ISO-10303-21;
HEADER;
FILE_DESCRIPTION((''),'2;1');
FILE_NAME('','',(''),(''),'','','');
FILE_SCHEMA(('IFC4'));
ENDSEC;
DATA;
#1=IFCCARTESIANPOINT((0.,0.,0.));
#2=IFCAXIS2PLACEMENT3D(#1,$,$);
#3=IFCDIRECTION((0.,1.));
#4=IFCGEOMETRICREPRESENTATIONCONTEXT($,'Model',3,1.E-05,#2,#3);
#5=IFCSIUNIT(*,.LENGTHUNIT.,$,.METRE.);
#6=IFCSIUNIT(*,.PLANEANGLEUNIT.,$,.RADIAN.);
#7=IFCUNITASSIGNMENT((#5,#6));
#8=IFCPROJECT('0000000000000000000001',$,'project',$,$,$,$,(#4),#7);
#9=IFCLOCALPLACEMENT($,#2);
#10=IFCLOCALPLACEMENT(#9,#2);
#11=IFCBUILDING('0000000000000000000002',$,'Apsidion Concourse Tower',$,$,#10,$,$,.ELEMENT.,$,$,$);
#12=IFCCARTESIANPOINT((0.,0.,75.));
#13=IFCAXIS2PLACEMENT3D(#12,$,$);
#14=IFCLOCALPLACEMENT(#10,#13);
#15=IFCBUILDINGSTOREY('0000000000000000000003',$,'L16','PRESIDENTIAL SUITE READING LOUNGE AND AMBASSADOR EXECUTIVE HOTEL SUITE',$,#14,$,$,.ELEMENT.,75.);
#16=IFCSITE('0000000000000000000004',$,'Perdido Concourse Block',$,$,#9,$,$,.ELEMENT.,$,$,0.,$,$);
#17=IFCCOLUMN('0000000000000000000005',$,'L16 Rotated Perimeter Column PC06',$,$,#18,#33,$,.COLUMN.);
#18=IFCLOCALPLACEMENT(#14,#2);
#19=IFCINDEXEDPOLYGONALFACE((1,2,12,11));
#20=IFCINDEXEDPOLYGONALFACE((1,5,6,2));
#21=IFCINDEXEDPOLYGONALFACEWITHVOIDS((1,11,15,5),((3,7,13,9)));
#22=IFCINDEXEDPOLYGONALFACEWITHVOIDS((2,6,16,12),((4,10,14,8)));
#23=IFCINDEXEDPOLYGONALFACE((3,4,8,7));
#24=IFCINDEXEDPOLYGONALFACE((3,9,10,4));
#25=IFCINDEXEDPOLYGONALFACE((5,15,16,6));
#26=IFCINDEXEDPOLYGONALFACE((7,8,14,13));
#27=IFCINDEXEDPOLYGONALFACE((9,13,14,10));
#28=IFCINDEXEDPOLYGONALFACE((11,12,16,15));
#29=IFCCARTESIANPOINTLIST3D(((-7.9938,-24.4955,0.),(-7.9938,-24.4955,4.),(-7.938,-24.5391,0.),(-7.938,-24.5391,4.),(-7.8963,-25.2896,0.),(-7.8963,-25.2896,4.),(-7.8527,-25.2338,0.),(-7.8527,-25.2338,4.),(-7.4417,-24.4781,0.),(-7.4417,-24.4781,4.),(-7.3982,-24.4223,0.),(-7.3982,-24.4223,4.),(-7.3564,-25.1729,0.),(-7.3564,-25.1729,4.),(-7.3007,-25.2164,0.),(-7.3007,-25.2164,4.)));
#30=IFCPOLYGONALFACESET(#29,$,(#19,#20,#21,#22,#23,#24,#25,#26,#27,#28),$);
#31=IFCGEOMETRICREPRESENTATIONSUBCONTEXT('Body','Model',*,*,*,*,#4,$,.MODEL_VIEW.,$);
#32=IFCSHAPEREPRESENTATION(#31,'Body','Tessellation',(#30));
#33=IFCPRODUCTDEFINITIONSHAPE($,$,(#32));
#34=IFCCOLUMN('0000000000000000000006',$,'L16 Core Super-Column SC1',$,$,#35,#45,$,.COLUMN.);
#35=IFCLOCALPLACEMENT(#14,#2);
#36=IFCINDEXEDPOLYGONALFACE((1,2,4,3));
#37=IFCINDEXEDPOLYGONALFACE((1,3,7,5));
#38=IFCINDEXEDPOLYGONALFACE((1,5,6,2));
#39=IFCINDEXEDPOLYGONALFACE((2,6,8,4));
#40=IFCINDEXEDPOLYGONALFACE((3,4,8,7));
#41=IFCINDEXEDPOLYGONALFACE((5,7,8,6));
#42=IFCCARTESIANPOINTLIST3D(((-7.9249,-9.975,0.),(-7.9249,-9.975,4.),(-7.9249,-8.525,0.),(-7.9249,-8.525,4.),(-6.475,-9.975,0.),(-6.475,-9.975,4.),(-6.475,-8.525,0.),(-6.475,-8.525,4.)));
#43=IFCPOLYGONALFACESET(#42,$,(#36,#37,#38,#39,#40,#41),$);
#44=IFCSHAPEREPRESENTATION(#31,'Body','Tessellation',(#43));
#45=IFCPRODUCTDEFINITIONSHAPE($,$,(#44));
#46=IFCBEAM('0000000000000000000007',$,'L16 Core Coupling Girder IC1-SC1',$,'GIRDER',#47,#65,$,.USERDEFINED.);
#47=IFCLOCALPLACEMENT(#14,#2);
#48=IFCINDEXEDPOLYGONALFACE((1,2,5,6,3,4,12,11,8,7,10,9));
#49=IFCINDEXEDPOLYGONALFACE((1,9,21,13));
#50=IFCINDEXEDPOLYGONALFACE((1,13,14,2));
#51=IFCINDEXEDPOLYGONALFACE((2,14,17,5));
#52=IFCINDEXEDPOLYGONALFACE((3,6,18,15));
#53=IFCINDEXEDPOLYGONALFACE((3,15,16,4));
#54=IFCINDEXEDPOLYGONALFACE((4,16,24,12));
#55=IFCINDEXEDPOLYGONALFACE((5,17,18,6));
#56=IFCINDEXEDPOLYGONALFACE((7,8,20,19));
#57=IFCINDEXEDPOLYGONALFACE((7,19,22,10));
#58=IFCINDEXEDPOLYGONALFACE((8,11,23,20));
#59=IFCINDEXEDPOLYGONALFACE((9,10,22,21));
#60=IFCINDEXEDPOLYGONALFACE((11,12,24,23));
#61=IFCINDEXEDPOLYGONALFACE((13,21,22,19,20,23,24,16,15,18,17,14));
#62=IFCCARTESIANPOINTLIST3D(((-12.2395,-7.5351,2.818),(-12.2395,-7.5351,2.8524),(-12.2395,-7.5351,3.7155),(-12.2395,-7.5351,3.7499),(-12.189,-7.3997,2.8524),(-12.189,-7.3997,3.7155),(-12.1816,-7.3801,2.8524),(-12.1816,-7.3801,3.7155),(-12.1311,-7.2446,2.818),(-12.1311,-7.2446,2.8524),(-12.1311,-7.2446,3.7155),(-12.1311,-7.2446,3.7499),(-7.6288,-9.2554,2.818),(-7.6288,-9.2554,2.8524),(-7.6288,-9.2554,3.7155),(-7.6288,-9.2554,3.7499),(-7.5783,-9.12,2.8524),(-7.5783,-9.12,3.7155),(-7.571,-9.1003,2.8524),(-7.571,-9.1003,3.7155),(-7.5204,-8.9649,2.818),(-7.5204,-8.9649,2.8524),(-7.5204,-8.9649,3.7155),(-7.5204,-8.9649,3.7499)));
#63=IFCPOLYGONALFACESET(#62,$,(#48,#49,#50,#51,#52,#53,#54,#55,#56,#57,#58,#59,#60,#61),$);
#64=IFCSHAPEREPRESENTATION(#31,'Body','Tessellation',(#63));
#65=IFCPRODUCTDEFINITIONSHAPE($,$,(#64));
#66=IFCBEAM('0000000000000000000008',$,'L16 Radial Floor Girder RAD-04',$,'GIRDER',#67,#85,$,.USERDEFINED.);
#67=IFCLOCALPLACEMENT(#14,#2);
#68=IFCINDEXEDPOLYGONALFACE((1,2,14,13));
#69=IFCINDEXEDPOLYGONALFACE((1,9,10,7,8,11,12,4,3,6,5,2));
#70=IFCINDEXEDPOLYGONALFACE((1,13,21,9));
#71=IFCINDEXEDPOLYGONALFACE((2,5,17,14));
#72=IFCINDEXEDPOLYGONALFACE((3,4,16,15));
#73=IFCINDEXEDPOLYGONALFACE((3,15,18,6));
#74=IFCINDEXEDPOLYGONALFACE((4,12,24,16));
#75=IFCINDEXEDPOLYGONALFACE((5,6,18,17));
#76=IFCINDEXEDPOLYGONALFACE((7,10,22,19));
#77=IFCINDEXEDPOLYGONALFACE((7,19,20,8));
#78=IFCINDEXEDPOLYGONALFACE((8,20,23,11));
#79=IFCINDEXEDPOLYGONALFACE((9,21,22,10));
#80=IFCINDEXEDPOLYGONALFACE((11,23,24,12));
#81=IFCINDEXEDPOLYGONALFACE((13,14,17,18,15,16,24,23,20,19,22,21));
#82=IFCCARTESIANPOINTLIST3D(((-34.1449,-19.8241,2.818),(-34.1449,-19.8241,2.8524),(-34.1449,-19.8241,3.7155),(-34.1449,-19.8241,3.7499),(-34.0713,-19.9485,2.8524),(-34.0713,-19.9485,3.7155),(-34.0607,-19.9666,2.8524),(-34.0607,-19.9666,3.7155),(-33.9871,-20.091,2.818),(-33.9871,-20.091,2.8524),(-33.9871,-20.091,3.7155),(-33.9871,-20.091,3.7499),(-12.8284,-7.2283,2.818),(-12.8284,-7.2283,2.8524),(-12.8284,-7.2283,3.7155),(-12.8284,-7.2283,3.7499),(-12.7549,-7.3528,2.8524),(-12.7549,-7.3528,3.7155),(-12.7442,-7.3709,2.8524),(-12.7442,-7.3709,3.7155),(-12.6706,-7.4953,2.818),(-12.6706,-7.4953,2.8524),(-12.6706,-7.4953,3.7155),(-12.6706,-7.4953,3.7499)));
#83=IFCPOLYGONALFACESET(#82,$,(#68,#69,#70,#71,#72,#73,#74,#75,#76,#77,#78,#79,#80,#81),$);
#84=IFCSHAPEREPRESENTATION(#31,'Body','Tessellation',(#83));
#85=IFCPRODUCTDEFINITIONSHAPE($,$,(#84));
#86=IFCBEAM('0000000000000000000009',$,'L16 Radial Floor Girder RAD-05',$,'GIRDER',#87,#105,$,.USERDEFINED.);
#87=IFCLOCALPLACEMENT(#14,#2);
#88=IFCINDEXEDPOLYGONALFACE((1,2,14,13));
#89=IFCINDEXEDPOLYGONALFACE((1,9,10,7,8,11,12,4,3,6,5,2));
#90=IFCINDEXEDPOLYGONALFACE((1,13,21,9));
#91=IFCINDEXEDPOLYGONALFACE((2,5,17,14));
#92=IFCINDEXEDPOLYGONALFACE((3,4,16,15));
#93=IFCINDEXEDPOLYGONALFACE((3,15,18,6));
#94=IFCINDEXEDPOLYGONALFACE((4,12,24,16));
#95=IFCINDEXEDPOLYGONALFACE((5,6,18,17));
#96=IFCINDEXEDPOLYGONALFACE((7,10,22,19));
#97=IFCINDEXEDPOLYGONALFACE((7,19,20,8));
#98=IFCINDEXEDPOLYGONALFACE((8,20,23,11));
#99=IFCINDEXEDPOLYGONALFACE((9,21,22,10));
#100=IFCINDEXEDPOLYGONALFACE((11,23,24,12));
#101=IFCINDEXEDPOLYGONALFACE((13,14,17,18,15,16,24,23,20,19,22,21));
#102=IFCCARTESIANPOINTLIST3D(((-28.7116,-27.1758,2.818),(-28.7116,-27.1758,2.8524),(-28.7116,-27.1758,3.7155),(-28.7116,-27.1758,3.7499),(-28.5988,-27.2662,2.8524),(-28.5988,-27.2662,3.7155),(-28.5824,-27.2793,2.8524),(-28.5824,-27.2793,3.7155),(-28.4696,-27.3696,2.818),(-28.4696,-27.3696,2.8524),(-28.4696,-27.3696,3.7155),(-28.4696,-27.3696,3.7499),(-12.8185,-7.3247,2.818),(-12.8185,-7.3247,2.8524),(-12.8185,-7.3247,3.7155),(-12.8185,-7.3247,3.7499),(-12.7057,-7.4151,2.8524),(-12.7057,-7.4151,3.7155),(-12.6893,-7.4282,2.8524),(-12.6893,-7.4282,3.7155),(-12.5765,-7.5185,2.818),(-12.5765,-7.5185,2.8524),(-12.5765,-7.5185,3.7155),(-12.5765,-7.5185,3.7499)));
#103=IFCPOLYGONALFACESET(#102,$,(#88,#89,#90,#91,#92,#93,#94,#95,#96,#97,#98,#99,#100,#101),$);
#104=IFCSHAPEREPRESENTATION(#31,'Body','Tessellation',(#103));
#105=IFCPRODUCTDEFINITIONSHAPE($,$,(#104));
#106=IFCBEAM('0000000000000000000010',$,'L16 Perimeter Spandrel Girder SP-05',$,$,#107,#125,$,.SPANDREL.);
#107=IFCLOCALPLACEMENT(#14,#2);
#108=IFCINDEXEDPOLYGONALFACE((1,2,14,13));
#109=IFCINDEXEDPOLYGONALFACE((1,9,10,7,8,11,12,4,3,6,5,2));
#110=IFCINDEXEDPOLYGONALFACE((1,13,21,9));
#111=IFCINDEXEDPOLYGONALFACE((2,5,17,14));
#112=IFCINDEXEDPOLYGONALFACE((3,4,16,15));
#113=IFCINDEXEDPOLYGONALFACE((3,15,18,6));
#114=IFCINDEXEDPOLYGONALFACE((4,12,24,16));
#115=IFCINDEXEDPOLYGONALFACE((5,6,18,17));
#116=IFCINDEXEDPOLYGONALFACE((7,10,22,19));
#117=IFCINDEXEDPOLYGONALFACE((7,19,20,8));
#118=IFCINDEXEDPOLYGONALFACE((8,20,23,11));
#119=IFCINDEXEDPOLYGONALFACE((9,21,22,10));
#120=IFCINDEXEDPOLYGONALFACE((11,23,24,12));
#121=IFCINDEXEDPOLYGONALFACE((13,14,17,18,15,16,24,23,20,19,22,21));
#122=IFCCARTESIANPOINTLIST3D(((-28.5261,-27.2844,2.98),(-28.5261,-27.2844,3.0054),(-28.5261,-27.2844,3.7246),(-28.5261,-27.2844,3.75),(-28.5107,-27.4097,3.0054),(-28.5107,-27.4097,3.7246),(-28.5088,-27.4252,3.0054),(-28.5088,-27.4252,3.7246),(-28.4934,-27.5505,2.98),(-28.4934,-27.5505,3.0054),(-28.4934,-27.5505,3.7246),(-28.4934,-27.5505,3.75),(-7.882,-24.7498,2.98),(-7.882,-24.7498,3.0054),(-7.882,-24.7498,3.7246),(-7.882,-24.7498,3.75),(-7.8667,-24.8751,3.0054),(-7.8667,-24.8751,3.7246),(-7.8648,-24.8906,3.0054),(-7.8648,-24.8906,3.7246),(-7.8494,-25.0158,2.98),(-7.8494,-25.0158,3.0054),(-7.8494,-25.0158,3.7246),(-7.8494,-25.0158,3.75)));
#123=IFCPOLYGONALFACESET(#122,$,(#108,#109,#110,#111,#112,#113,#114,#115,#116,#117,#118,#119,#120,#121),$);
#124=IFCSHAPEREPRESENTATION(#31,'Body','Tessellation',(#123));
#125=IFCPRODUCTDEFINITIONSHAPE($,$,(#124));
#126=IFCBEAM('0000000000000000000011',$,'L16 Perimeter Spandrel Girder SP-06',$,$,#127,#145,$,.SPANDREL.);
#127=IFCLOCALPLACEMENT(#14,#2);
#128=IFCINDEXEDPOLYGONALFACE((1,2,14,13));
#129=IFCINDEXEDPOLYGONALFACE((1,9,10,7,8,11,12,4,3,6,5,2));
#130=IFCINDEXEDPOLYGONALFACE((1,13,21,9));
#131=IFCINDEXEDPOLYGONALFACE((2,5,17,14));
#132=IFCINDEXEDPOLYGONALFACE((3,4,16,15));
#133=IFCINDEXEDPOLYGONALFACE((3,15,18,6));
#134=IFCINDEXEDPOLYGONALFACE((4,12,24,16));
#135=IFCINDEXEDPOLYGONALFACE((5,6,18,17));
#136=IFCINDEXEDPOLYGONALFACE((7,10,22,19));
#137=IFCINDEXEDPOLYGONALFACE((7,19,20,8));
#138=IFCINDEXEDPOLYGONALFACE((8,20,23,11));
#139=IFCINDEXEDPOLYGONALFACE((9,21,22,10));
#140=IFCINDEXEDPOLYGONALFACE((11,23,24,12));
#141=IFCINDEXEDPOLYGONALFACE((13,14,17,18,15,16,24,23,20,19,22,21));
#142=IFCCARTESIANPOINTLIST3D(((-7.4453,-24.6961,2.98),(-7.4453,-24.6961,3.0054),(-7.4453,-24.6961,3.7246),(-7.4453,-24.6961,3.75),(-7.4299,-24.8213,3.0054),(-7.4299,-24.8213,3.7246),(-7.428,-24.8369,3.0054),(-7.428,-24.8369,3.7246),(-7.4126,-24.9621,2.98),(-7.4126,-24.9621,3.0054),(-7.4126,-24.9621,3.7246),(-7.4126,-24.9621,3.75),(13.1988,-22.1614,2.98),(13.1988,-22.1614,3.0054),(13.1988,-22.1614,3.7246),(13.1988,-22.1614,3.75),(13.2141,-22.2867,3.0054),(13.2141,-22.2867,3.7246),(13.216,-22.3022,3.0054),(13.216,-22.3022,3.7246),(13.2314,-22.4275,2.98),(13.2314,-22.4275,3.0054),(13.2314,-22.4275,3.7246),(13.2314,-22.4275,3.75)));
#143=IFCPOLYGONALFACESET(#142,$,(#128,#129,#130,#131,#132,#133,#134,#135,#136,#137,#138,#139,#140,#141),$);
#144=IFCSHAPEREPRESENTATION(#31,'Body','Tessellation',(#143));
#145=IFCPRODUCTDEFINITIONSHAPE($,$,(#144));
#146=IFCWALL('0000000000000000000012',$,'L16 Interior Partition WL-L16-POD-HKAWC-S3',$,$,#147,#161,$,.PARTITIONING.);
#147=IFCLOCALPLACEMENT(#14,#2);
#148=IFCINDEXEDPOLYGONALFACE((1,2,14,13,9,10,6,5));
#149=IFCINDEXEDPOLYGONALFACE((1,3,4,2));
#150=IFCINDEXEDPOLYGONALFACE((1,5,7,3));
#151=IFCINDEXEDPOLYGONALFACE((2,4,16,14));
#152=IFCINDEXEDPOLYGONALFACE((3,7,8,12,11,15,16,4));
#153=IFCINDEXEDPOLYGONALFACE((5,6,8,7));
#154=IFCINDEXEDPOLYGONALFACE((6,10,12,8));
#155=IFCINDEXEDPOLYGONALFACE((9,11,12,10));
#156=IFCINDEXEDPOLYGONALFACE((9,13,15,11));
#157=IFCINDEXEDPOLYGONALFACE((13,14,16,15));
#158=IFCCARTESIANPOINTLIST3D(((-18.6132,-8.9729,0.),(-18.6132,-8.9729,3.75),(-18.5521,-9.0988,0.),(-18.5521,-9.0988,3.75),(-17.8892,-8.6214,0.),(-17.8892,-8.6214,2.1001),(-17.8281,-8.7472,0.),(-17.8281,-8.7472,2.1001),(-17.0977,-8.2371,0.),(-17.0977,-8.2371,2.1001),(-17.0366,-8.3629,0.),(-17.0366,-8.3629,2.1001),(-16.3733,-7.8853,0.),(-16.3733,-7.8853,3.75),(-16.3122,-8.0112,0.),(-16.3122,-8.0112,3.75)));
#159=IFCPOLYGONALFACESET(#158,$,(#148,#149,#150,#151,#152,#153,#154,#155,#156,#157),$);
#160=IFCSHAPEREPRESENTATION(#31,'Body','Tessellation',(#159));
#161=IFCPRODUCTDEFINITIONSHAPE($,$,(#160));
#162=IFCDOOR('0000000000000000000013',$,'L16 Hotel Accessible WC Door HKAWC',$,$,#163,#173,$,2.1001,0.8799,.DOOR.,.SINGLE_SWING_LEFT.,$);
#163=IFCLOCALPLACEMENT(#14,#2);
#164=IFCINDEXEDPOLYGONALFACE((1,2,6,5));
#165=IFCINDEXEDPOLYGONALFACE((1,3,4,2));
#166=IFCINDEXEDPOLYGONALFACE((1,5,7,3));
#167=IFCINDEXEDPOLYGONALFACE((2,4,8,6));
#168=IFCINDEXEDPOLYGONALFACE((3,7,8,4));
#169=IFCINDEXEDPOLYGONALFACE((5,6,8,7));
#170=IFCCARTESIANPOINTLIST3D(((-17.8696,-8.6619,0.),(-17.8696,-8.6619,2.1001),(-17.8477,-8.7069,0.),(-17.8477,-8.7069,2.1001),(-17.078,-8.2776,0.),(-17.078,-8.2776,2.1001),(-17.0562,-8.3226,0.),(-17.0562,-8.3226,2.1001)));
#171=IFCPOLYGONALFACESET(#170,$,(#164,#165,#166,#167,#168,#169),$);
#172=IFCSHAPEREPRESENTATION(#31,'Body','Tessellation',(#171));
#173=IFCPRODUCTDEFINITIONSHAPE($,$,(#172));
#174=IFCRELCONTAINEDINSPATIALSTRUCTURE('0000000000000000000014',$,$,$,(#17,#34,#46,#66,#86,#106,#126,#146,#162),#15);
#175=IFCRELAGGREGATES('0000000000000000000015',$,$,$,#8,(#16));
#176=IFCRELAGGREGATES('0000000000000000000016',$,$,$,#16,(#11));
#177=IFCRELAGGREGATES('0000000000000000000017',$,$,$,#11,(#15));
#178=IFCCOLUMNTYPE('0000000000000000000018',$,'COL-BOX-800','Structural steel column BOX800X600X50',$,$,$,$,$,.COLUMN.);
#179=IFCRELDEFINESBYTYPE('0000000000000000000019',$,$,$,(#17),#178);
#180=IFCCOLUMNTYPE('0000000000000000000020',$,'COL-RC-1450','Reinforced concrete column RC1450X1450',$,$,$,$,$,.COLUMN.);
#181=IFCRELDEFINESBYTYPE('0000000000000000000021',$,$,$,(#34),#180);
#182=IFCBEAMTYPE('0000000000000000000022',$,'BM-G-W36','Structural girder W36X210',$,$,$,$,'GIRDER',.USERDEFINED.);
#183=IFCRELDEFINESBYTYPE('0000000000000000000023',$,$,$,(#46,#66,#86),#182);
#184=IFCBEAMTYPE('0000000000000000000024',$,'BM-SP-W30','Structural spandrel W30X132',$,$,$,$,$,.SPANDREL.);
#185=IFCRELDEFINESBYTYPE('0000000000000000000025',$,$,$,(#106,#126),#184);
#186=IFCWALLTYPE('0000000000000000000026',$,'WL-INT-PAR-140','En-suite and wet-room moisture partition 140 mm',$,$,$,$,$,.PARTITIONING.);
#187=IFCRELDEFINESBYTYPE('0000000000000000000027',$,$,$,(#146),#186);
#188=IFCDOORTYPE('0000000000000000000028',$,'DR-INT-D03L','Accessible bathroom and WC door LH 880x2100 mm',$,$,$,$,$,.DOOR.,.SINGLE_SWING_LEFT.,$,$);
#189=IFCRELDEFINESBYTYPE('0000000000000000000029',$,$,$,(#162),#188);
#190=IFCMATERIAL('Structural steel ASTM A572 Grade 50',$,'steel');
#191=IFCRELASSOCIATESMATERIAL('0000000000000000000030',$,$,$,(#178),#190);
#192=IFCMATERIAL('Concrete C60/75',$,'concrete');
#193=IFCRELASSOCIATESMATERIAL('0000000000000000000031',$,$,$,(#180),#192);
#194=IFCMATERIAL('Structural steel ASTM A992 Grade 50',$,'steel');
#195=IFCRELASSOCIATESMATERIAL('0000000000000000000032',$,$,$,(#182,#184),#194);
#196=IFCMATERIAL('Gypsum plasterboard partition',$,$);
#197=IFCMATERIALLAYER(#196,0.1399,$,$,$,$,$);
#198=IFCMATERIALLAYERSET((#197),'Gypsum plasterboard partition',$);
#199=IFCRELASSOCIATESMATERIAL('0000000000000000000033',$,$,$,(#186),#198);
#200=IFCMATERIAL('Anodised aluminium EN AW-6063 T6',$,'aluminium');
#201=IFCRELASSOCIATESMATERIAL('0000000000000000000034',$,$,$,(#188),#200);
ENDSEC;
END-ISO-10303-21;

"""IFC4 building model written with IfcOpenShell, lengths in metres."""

from ifc_helpers import new_model, si_unit, direction, frame, frame_2d, origin, origin_2d, place, context, subcontext, project, spatial, rectangle, hollow_rectangle, i_section, extrude, material, layer, layer_set, material_profile, profile_set, type_object, element, fill, save


model = new_model("IFC4")

# Units and contexts
model_context = context("Model", 3, precision=1e-05, world=origin(), true_north=direction((0.0, 1.0)))
body_context = subcontext(model_context, "Body", "Model", "MODEL_VIEW")
ifc_project = project(units=[si_unit("LENGTHUNIT", "METRE"), si_unit("PLANEANGLEUNIT", "RADIAN")], contexts=[model_context])

# Site, building, storey
site_placement = place(None, origin())
site = spatial("IfcSite", under=ifc_project, at=site_placement, Name="Perdido Concourse Block", CompositionType="ELEMENT", RefElevation=0.0)
building_placement = place(site_placement, origin())
building = spatial("IfcBuilding", under=site, at=building_placement, Name="Apsidion Concourse Tower", CompositionType="ELEMENT")
storey_placement = place(building_placement, frame((0.0, 0.0, 75.0)))
storey = spatial("IfcBuildingStorey", under=building, at=storey_placement, Name="L16", Description="PRESIDENTIAL SUITE READING LOUNGE AND AMBASSADOR EXECUTIVE HOTEL SUITE", CompositionType="ELEMENT", Elevation=75.0)

# Columns
ifc_material_1 = material(Name="Structural steel ASTM A572 Grade 50", Category="steel")
ifc_material_profile_1 = material_profile(ifc_material_1, hollow_rectangle(XDim=0.6001, YDim=0.8, WallThickness=0.05, at=origin_2d()), Name="BOX800X600X50")
ifc_profile_set_1 = profile_set([ifc_material_profile_1], Name="Structural steel ASTM A572 Grade 50")
column_type_1 = type_object("IfcColumnType", Name="COL-BOX-800", Description="Structural steel column BOX800X600X50", PredefinedType="COLUMN", material=ifc_profile_set_1)
column_1_placement = place(storey_placement, frame((-7.6472, -24.856, 0.0), z_axis=(0.0, 0.0, 1.0), x_axis=(0.992546, 0.121869, 0.0)))
element("IfcColumn", 1, at=column_1_placement, inside=storey, type_object=column_type_1, Name="L16 Rotated Perimeter Column PC06", PredefinedType="COLUMN", context=body_context, shape_type="SweptSolid", body=[
    extrude(hollow_rectangle(XDim=0.6001, YDim=0.8, WallThickness=0.05, at=origin_2d()), origin(), (0.0, 0.0, 1.0), 4.0),
])
ifc_material_2 = material(Name="Concrete C60/75", Category="concrete")
ifc_material_profile_2 = material_profile(ifc_material_2, rectangle(XDim=1.45, YDim=1.45, at=origin_2d()), Name="RC 1450x1450")
ifc_profile_set_2 = profile_set([ifc_material_profile_2], Name="Concrete C60/75")
column_type_2 = type_object("IfcColumnType", Name="COL-RC-1450", Description="Reinforced concrete column RC1450X1450", PredefinedType="COLUMN", material=ifc_profile_set_2)
column_2_placement = place(storey_placement, frame((-7.2, -9.25, 0.0), z_axis=(0.0, 0.0, 1.0), x_axis=(1.0, 0.0, 0.0)))
element("IfcColumn", 2, at=column_2_placement, inside=storey, type_object=column_type_2, Name="L16 Core Super-Column SC1", PredefinedType="COLUMN", context=body_context, shape_type="SweptSolid", body=[
    extrude(rectangle(XDim=1.45, YDim=1.45, at=origin_2d()), origin(), (0.0, 0.0, 1.0), 4.0),
])

# Beams
ifc_material_3 = material(Name="Structural steel ASTM A992 Grade 50", Category="steel")
ifc_material_profile_3 = material_profile(ifc_material_3, i_section(OverallWidth=0.3101, OverallDepth=0.9319, WebThickness=0.021, FlangeThickness=0.0344, at=origin_2d()), Name="W36X210")
ifc_profile_set_3 = profile_set([ifc_material_profile_3], Name="Structural steel ASTM A992 Grade 50")
beam_type_1 = type_object("IfcBeamType", Name="BM-G-W36", Description="Structural girder W36X210", ElementType="GIRDER", PredefinedType="USERDEFINED", material=ifc_profile_set_3)
beam_1_placement = place(storey_placement, frame((-12.1853, -7.3899, 3.2839), z_axis=(0.936913, -0.349563, 0.0), x_axis=(0.349563, 0.936913, 0.0)))
element("IfcBeam", 3, at=beam_1_placement, inside=storey, type_object=beam_type_1, Name="L16 Core Coupling Girder IC1-SC1", ObjectType="GIRDER", PredefinedType="USERDEFINED", context=body_context, shape_type="SweptSolid", body=[
    extrude(i_section(OverallWidth=0.3101, OverallDepth=0.9319, WebThickness=0.021, FlangeThickness=0.0344, at=origin_2d()), origin(), (0.0, 0.0, 1.0), 4.9211),
])
beam_2_placement = place(storey_placement, frame((-12.7495, -7.3618, 3.2839), z_axis=(-0.860933, -0.508719, 0.0), x_axis=(0.508719, -0.860933, 0.0)))
element("IfcBeam", 4, at=beam_2_placement, inside=storey, type_object=beam_type_1, Name="L16 Radial Floor Girder RAD-04", ObjectType="GIRDER", PredefinedType="USERDEFINED", context=body_context, shape_type="SweptSolid", body=[
    extrude(i_section(OverallWidth=0.3101, OverallDepth=0.9319, WebThickness=0.021, FlangeThickness=0.0344, at=origin_2d()), origin(), (0.0, 0.0, 1.0), 24.7598),
])
beam_3_placement = place(storey_placement, frame((-12.6975, -7.4216, 3.2839), z_axis=(-0.624988, -0.780635, 0.0), x_axis=(0.780635, -0.624988, 0.0)))
element("IfcBeam", 5, at=beam_3_placement, inside=storey, type_object=beam_type_1, Name="L16 Radial Floor Girder RAD-05", ObjectType="GIRDER", PredefinedType="USERDEFINED", context=body_context, shape_type="SweptSolid", body=[
    extrude(i_section(OverallWidth=0.3101, OverallDepth=0.9319, WebThickness=0.021, FlangeThickness=0.0344, at=origin_2d()), origin(), (0.0, 0.0, 1.0), 25.4294),
])
ifc_material_profile_4 = material_profile(ifc_material_3, i_section(OverallWidth=0.2681, OverallDepth=0.77, WebThickness=0.0156, FlangeThickness=0.0254, at=origin_2d()), Name="W30X132")
ifc_profile_set_4 = profile_set([ifc_material_profile_4], Name="Structural steel ASTM A992 Grade 50")
beam_type_2 = type_object("IfcBeamType", Name="BM-SP-W30", Description="Structural spandrel W30X132", PredefinedType="SPANDREL", material=ifc_profile_set_4)
for number, where, z_axis, x_axis, name in (
    (6, (-28.5098, -27.4175, 3.365), (0.992547, 0.121865, 0.0), (-0.121865, 0.992547, 0.0), "L16 Perimeter Spandrel Girder SP-05"),
    (7, (-7.429, -24.8291, 3.365), (0.992547, 0.121865, 0.0), (-0.121865, 0.992547, 0.0), "L16 Perimeter Spandrel Girder SP-06"),
):
    element("IfcBeam", number, at=place(storey_placement, frame(where, z_axis=z_axis, x_axis=x_axis)), inside=storey, type_object=beam_type_2, Name=name, PredefinedType="SPANDREL", context=body_context, shape_type="SweptSolid", body=[
        extrude(i_section(OverallWidth=0.2681, OverallDepth=0.77, WebThickness=0.0156, FlangeThickness=0.0254, at=origin_2d()), origin(), (0.0, 0.0, 1.0), 20.7991),
    ])

# Wall, opening, door
ifc_material_4 = material(Name="Gypsum plasterboard partition")
ifc_layer_1 = layer(ifc_material_4, 0.1399)
ifc_layer_set_1 = layer_set([ifc_layer_1], Name="Gypsum plasterboard partition")
wall_type_1 = type_object("IfcWallType", Name="WL-INT-PAR-140", Description="En-suite and wet-room moisture partition 140 mm", PredefinedType="PARTITIONING", material=ifc_layer_set_1)
wall_1_placement = place(storey_placement, frame((-18.5828, -9.0359, 0.0), z_axis=(0.0, 0.0, 1.0), x_axis=(0.899563, 0.436791, 0.0)))
wall_1 = element("IfcWall", 8, at=wall_1_placement, inside=storey, type_object=wall_type_1, Name="L16 Interior Partition WL-L16-POD-HKAWC-S3", PredefinedType="PARTITIONING", context=body_context, shape_type="SweptSolid", body=[
    extrude(rectangle(XDim=2.49, YDim=0.1399, at=frame_2d((1.2451, 0.0))), origin(), (0.0, 0.0, 1.0), 3.75),
])
opening_1_placement = place(wall_1_placement, frame((0.8049, 0.0, 0.0)))
opening_1 = element("IfcOpeningElement", 9, at=opening_1_placement, cuts=wall_1, PredefinedType="OPENING", context=body_context, shape_type="SweptSolid", body=[
    extrude(rectangle(XDim=0.8799, YDim=2.1001, at=frame_2d((0.4399, 1.05))), frame((0.0, 0.0801, 0.0), z_axis=(0.0, -1.0, 0.0), x_axis=(1.0, 0.0, 0.0)), (0.0, 0.0, 1.0), 0.1599),
])
ifc_material_5 = material(Name="Anodised aluminium EN AW-6063 T6", Category="aluminium")
door_type_1 = type_object("IfcDoorType", Name="DR-INT-D03L", Description="Accessible bathroom and WC door LH 880x2100 mm", OperationType="SINGLE_SWING_LEFT", PredefinedType="DOOR", material=ifc_material_5)
door_1_placement = place(opening_1_placement, origin())
door_1 = element("IfcDoor", 10, at=door_1_placement, inside=storey, type_object=door_type_1, Name="L16 Hotel Accessible WC Door HKAWC", OperationType="SINGLE_SWING_LEFT", OverallHeight=2.1001, OverallWidth=0.8799, PredefinedType="DOOR", context=body_context, shape_type="SweptSolid", body=[
    extrude(rectangle(XDim=0.8799, YDim=2.1001, at=frame_2d((0.4399, 1.05))), frame((0.0, 0.0249, 0.0), z_axis=(0.0, -1.0, 0.0), x_axis=(1.0, 0.0, 0.0)), (0.0, 0.0, 1.0), 0.05),
])
fill(opening_1, door_1)

save(model, "model.ifc")
